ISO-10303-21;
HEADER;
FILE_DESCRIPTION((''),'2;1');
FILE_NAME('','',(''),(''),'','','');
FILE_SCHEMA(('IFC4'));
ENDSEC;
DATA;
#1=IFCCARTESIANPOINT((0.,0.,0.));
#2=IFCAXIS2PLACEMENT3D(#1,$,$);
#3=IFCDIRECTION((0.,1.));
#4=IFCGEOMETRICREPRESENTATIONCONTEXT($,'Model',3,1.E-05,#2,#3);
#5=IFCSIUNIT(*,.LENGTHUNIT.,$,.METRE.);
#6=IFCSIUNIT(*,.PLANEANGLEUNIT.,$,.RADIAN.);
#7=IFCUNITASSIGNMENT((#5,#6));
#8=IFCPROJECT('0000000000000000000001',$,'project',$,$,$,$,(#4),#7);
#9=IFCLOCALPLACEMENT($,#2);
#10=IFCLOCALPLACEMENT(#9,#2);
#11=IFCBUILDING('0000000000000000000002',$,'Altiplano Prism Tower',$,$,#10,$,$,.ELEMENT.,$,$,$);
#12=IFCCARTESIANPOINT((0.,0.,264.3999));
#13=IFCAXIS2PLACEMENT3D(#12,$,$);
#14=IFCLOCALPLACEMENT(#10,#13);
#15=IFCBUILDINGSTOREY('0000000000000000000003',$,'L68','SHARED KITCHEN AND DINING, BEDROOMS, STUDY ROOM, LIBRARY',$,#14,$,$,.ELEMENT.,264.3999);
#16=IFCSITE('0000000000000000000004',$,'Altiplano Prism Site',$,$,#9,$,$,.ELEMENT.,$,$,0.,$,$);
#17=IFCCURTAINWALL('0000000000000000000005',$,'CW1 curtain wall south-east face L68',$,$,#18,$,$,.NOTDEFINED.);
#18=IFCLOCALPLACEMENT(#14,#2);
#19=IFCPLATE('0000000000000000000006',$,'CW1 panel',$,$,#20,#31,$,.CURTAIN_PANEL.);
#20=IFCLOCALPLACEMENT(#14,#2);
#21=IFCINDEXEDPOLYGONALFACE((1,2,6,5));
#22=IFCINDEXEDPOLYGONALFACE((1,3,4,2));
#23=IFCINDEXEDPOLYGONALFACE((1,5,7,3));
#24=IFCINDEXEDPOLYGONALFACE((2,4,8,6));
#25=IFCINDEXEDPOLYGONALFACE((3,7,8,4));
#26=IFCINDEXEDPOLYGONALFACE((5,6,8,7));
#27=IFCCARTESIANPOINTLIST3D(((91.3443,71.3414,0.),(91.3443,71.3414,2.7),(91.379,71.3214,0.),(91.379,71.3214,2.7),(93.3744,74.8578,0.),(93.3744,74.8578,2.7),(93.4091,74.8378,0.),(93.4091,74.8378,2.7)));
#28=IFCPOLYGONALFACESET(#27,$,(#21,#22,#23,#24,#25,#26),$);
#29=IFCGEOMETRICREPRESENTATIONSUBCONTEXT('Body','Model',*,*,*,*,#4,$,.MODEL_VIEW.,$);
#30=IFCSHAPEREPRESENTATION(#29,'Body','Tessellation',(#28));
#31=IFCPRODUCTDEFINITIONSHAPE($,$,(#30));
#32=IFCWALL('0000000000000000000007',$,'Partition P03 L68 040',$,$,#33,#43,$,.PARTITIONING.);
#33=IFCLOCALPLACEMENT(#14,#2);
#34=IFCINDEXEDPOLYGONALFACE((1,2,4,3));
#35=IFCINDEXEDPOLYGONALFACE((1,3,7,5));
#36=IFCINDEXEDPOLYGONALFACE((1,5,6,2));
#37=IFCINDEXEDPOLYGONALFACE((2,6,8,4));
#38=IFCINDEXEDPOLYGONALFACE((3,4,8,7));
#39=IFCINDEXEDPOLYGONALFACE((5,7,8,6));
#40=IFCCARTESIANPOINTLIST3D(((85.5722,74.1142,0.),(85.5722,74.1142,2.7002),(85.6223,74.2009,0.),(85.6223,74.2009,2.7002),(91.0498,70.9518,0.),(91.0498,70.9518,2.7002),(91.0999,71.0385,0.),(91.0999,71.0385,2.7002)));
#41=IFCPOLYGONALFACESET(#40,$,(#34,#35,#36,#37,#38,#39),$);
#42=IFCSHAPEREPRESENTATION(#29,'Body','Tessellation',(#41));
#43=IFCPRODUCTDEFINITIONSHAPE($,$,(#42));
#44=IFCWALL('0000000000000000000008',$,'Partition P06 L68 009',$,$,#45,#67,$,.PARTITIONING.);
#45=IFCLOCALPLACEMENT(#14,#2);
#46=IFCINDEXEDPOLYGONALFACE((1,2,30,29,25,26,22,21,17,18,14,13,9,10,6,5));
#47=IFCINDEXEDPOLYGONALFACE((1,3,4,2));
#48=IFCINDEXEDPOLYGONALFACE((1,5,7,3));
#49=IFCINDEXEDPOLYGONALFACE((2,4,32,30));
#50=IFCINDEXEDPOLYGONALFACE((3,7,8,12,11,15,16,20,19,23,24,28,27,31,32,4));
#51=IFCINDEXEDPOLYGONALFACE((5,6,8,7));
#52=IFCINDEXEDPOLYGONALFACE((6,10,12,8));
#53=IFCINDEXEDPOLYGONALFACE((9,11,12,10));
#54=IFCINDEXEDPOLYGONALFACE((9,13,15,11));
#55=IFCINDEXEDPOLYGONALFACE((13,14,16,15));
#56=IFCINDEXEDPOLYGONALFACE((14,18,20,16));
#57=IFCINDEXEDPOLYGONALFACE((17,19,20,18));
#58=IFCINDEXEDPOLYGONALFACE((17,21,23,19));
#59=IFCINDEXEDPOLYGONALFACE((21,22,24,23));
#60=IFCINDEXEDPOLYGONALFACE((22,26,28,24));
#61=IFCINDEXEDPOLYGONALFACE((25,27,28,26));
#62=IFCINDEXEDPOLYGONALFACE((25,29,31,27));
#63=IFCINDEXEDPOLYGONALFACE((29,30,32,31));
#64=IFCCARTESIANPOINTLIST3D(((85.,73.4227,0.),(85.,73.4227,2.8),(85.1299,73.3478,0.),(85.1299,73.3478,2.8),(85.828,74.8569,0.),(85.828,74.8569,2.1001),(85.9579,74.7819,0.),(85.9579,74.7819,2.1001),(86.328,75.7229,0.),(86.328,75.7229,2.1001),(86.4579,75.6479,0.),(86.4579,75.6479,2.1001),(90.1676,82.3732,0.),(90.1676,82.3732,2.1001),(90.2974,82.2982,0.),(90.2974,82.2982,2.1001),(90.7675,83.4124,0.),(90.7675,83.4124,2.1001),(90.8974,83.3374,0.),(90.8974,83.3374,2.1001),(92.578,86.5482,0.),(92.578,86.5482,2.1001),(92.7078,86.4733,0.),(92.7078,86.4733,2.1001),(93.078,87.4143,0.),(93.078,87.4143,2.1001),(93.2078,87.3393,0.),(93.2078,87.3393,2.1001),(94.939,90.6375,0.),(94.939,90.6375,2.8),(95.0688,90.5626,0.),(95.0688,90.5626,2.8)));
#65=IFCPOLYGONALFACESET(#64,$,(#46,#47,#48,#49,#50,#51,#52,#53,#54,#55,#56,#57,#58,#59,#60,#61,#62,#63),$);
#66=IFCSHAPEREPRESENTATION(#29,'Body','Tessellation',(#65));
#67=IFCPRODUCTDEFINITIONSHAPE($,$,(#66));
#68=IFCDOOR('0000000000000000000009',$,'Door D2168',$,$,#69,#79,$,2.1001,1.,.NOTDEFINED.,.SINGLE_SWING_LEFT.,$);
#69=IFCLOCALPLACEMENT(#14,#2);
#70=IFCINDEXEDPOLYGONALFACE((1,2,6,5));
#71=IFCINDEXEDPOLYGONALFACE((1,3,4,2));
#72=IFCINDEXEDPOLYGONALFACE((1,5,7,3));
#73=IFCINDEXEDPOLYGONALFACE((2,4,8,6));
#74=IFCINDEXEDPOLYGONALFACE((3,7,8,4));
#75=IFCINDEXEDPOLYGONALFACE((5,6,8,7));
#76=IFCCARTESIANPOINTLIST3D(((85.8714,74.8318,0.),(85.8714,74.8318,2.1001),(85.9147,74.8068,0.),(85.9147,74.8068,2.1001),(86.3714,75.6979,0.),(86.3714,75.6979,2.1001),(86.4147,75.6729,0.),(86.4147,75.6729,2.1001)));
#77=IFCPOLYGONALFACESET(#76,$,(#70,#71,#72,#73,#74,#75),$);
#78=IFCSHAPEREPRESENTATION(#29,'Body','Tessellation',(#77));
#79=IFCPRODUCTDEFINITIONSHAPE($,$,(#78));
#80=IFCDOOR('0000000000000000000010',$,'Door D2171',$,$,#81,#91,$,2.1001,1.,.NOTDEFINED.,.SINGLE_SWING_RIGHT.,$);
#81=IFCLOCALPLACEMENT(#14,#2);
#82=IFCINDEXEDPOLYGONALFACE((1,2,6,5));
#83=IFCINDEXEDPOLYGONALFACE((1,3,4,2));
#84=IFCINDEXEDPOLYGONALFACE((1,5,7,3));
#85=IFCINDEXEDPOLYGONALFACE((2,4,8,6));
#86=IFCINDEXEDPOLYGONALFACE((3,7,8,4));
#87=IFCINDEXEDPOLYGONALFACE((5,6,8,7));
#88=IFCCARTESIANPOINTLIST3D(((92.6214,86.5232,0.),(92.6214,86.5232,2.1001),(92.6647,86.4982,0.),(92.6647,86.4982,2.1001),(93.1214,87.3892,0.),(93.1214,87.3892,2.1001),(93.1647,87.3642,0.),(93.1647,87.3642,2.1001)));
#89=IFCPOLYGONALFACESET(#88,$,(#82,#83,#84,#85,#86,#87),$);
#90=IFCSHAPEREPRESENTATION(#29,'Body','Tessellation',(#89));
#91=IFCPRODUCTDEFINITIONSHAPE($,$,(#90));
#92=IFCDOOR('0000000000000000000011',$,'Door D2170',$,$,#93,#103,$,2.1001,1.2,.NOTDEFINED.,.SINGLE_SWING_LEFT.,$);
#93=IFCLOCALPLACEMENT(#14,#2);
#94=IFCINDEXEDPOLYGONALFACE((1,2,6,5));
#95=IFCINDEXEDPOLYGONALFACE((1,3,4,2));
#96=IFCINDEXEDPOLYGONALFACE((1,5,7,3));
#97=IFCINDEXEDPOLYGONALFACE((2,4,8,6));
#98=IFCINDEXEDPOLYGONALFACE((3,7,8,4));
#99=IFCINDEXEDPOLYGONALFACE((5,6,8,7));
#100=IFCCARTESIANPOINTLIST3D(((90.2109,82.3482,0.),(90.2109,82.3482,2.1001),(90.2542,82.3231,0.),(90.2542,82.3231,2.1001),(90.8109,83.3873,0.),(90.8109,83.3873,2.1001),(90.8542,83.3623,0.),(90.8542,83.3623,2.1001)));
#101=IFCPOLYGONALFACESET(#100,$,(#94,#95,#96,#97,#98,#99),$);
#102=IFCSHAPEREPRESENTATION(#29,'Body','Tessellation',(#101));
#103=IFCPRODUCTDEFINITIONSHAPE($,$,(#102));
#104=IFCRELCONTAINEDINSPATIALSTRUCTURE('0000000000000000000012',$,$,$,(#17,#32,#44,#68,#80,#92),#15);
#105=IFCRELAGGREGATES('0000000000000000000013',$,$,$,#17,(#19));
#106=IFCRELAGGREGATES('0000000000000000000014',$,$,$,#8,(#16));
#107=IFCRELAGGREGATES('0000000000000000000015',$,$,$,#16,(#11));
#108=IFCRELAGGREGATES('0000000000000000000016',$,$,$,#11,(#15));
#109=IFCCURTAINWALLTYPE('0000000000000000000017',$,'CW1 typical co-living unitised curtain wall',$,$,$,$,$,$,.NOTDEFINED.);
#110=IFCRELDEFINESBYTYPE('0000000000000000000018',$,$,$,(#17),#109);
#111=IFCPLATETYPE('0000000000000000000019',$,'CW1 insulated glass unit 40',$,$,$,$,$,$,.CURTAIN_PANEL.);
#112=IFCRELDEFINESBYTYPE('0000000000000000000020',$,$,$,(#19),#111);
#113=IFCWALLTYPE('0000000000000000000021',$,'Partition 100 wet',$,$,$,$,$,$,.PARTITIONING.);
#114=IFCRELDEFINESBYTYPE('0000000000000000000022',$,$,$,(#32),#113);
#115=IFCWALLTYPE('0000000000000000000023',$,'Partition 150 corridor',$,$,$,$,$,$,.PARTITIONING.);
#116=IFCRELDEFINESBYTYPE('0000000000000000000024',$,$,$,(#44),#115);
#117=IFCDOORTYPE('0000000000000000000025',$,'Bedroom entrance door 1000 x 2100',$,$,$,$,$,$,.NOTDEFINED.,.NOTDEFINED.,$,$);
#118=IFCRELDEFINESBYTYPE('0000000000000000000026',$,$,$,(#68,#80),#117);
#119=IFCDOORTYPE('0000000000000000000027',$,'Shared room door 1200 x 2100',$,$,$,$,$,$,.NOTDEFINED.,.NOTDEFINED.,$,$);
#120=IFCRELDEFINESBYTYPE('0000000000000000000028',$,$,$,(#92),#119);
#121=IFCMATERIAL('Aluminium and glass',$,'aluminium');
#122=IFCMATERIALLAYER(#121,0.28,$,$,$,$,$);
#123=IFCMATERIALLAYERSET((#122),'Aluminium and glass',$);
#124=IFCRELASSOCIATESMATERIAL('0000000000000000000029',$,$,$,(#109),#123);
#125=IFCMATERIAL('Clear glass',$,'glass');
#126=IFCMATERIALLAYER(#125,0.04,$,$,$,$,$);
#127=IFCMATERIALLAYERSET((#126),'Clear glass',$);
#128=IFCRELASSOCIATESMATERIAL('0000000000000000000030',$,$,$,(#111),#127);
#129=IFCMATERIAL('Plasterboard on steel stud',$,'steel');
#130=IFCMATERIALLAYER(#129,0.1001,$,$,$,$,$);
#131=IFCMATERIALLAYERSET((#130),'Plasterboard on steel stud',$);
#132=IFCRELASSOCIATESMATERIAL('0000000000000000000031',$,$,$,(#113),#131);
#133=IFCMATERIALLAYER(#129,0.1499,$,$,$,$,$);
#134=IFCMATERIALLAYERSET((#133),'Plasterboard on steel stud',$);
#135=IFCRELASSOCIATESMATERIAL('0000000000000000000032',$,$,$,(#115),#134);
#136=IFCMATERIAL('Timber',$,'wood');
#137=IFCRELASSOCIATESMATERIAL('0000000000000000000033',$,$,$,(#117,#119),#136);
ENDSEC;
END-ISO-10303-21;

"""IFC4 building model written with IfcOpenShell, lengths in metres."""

from ifc_helpers import new_model, si_unit, direction, frame, frame_2d, origin, origin_2d, place, context, subcontext, project, spatial, rectangle, extrude, material, layer, layer_set, type_object, element, fill, aggregate, save


model = new_model("IFC4")

# Units and contexts
model_context = context("Model", 3, precision=1e-05, world=origin(), true_north=direction((0.0, 1.0)))
body_context = subcontext(model_context, "Body", "Model", "MODEL_VIEW")
ifc_project = project(units=[si_unit("LENGTHUNIT", "METRE"), si_unit("PLANEANGLEUNIT", "RADIAN")], contexts=[model_context])

# Site, building, storey
site_placement = place(None, origin())
site = spatial("IfcSite", under=ifc_project, at=site_placement, Name="Altiplano Prism Site", CompositionType="ELEMENT", RefElevation=0.0)
building_placement = place(site_placement, origin())
building = spatial("IfcBuilding", under=site, at=building_placement, Name="Altiplano Prism Tower", CompositionType="ELEMENT")
storey_placement = place(building_placement, frame((0.0, 0.0, 264.3999)))
storey = spatial("IfcBuildingStorey", under=building, at=storey_placement, Name="L68", Description="SHARED KITCHEN AND DINING, BEDROOMS, STUDY ROOM, LIBRARY", CompositionType="ELEMENT", Elevation=264.3999)

# Curtain wall
ifc_material_1 = material(Name="Aluminium and glass", Category="aluminium")
ifc_layer_1 = layer(ifc_material_1, 0.28)
ifc_layer_set_1 = layer_set([ifc_layer_1], Name="Aluminium and glass")
curtain_wall_type = type_object("IfcCurtainWallType", Name="CW1 typical co-living unitised curtain wall", PredefinedType="NOTDEFINED", material=ifc_layer_set_1)
curtain_wall_1_placement = place(storey_placement, origin())
curtain_wall_1 = element("IfcCurtainWall", 1, at=curtain_wall_1_placement, inside=storey, type_object=curtain_wall_type, Name="CW1 curtain wall south-east face L68", PredefinedType="NOTDEFINED")

# Shared definitions
ifc_material_2 = material(Name="Clear glass", Category="glass")
ifc_layer_2 = layer(ifc_material_2, 0.04)
ifc_layer_set_2 = layer_set([ifc_layer_2], Name="Clear glass")
plate_type = type_object("IfcPlateType", Name="CW1 insulated glass unit 40", PredefinedType="CURTAIN_PANEL", material=ifc_layer_set_2)

# Plate
plate_1_placement = place(storey_placement, frame((92.3767, 73.0896, 0.0), z_axis=(0.0, 0.0, 1.0), x_axis=(0.5, 0.866025, 0.0)))
plate_1 = element("IfcPlate", 2, at=plate_1_placement, type_object=plate_type, Name="CW1 panel", PredefinedType="CURTAIN_PANEL", context=body_context, shape_type="SweptSolid", body=[
    extrude(rectangle(XDim=4.0603, YDim=0.04, at=origin_2d()), origin(), (0.0, 0.0, 1.0), 2.7),
])
aggregate(curtain_wall_1, [plate_1])

# Wall
ifc_material_3 = material(Name="Plasterboard on steel stud", Category="steel")
ifc_layer_3 = layer(ifc_material_3, 0.1001)
ifc_layer_set_3 = layer_set([ifc_layer_3], Name="Plasterboard on steel stud")
wall_type_1 = type_object("IfcWallType", Name="Partition 100 wet", PredefinedType="PARTITIONING", material=ifc_layer_set_3)
wall_1_placement = place(storey_placement, frame((91.075, 70.9951, 0.0), z_axis=(0.0, 0.0, 1.0), x_axis=(-0.866033, 0.499988, 0.0)))
element("IfcWall", 3, at=wall_1_placement, inside=storey, type_object=wall_type_1, Name="Partition P03 L68 040", PredefinedType="PARTITIONING", context=body_context, shape_type="SweptSolid", body=[
    extrude(rectangle(XDim=6.325, YDim=0.1001, at=frame_2d((3.1626, 0.0))), origin(), (0.0, 0.0, 1.0), 2.7002),
])

# Wall, openings, doors
ifc_layer_4 = layer(ifc_material_3, 0.1499)
ifc_layer_set_4 = layer_set([ifc_layer_4], Name="Plasterboard on steel stud")
wall_type_2 = type_object("IfcWallType", Name="Partition 150 corridor", PredefinedType="PARTITIONING", material=ifc_layer_set_4)
wall_2_placement = place(storey_placement, frame((85.0649, 73.3853, 0.0), z_axis=(0.0, 0.0, 1.0), x_axis=(0.499999, 0.866026, 0.0)))
wall_2 = element("IfcWall", 4, at=wall_2_placement, inside=storey, type_object=wall_type_2, Name="Partition P06 L68 009", PredefinedType="PARTITIONING", context=body_context, shape_type="SweptSolid", body=[
    extrude(rectangle(XDim=19.8779, YDim=0.1499, at=frame_2d((9.939, 0.0))), origin(), (0.0, 0.0, 1.0), 2.8),
])
opening_1_placement = place(wall_2_placement, frame((1.656, 0.0, 0.0)))
opening_1 = element("IfcOpeningElement", 5, at=opening_1_placement, cuts=wall_2, PredefinedType="OPENING", context=body_context, shape_type="SweptSolid", body=[
    extrude(rectangle(XDim=1.0, YDim=2.1001, at=frame_2d((0.5, 1.05))), frame((0.0, 0.0854, 0.0), z_axis=(0.0, -1.0, 0.0), x_axis=(1.0, 0.0, 0.0)), (0.0, 0.0, 1.0), 0.1709),
])
opening_2_placement = place(wall_2_placement, frame((10.335, 0.0, 0.0)))
opening_2 = element("IfcOpeningElement", 6, at=opening_2_placement, cuts=wall_2, PredefinedType="OPENING", context=body_context, shape_type="SweptSolid", body=[
    extrude(rectangle(XDim=1.2, YDim=2.1001, at=frame_2d((0.6001, 1.05))), frame((0.0, 0.0854, 0.0), z_axis=(0.0, -1.0, 0.0), x_axis=(1.0, 0.0, 0.0)), (0.0, 0.0, 1.0), 0.1709),
])
opening_3_placement = place(wall_2_placement, frame((15.156, 0.0, 0.0)))
opening_3 = element("IfcOpeningElement", 7, at=opening_3_placement, cuts=wall_2, PredefinedType="OPENING", context=body_context, shape_type="SweptSolid", body=[
    extrude(rectangle(XDim=1.0, YDim=2.1001, at=frame_2d((0.5, 1.05))), frame((0.0, 0.0854, 0.0), z_axis=(0.0, -1.0, 0.0), x_axis=(1.0, 0.0, 0.0)), (0.0, 0.0, 1.0), 0.1709),
])
ifc_material_4 = material(Name="Timber", Category="wood")
door_type_1 = type_object("IfcDoorType", Name="Bedroom entrance door 1000 x 2100", OperationType="NOTDEFINED", PredefinedType="NOTDEFINED", material=ifc_material_4)
door_1_placement = place(opening_1_placement, origin())
door_1 = element("IfcDoor", 8, at=door_1_placement, inside=storey, type_object=door_type_1, Name="Door D2168", OperationType="SINGLE_SWING_LEFT", OverallHeight=2.1001, OverallWidth=1.0, PredefinedType="NOTDEFINED", context=body_context, shape_type="SweptSolid", body=[
    extrude(rectangle(XDim=1.0, YDim=2.1001, at=frame_2d((0.5, 1.05))), frame((0.0, 0.0249, 0.0), z_axis=(0.0, -1.0, 0.0), x_axis=(1.0, 0.0, 0.0)), (0.0, 0.0, 1.0), 0.05),
])
fill(opening_1, door_1)
door_2_placement = place(opening_3_placement, origin())
door_2 = element("IfcDoor", 9, at=door_2_placement, inside=storey, type_object=door_type_1, Name="Door D2171", OperationType="SINGLE_SWING_RIGHT", OverallHeight=2.1001, OverallWidth=1.0, PredefinedType="NOTDEFINED", context=body_context, shape_type="SweptSolid", body=[
    extrude(rectangle(XDim=1.0, YDim=2.1001, at=frame_2d((0.5, 1.05))), frame((0.0, 0.0249, 0.0), z_axis=(0.0, -1.0, 0.0), x_axis=(1.0, 0.0, 0.0)), (0.0, 0.0, 1.0), 0.05),
])
fill(opening_3, door_2)
door_type_2 = type_object("IfcDoorType", Name="Shared room door 1200 x 2100", OperationType="NOTDEFINED", PredefinedType="NOTDEFINED", material=ifc_material_4)
door_3_placement = place(opening_2_placement, origin())
door_3 = element("IfcDoor", 10, at=door_3_placement, inside=storey, type_object=door_type_2, Name="Door D2170", OperationType="SINGLE_SWING_LEFT", OverallHeight=2.1001, OverallWidth=1.2, PredefinedType="NOTDEFINED", context=body_context, shape_type="SweptSolid", body=[
    extrude(rectangle(XDim=1.2, YDim=2.1001, at=frame_2d((0.6001, 1.05))), frame((0.0, 0.0249, 0.0), z_axis=(0.0, -1.0, 0.0), x_axis=(1.0, 0.0, 0.0)), (0.0, 0.0, 1.0), 0.05),
])
fill(opening_2, door_3)

save(model, "model.ifc")
